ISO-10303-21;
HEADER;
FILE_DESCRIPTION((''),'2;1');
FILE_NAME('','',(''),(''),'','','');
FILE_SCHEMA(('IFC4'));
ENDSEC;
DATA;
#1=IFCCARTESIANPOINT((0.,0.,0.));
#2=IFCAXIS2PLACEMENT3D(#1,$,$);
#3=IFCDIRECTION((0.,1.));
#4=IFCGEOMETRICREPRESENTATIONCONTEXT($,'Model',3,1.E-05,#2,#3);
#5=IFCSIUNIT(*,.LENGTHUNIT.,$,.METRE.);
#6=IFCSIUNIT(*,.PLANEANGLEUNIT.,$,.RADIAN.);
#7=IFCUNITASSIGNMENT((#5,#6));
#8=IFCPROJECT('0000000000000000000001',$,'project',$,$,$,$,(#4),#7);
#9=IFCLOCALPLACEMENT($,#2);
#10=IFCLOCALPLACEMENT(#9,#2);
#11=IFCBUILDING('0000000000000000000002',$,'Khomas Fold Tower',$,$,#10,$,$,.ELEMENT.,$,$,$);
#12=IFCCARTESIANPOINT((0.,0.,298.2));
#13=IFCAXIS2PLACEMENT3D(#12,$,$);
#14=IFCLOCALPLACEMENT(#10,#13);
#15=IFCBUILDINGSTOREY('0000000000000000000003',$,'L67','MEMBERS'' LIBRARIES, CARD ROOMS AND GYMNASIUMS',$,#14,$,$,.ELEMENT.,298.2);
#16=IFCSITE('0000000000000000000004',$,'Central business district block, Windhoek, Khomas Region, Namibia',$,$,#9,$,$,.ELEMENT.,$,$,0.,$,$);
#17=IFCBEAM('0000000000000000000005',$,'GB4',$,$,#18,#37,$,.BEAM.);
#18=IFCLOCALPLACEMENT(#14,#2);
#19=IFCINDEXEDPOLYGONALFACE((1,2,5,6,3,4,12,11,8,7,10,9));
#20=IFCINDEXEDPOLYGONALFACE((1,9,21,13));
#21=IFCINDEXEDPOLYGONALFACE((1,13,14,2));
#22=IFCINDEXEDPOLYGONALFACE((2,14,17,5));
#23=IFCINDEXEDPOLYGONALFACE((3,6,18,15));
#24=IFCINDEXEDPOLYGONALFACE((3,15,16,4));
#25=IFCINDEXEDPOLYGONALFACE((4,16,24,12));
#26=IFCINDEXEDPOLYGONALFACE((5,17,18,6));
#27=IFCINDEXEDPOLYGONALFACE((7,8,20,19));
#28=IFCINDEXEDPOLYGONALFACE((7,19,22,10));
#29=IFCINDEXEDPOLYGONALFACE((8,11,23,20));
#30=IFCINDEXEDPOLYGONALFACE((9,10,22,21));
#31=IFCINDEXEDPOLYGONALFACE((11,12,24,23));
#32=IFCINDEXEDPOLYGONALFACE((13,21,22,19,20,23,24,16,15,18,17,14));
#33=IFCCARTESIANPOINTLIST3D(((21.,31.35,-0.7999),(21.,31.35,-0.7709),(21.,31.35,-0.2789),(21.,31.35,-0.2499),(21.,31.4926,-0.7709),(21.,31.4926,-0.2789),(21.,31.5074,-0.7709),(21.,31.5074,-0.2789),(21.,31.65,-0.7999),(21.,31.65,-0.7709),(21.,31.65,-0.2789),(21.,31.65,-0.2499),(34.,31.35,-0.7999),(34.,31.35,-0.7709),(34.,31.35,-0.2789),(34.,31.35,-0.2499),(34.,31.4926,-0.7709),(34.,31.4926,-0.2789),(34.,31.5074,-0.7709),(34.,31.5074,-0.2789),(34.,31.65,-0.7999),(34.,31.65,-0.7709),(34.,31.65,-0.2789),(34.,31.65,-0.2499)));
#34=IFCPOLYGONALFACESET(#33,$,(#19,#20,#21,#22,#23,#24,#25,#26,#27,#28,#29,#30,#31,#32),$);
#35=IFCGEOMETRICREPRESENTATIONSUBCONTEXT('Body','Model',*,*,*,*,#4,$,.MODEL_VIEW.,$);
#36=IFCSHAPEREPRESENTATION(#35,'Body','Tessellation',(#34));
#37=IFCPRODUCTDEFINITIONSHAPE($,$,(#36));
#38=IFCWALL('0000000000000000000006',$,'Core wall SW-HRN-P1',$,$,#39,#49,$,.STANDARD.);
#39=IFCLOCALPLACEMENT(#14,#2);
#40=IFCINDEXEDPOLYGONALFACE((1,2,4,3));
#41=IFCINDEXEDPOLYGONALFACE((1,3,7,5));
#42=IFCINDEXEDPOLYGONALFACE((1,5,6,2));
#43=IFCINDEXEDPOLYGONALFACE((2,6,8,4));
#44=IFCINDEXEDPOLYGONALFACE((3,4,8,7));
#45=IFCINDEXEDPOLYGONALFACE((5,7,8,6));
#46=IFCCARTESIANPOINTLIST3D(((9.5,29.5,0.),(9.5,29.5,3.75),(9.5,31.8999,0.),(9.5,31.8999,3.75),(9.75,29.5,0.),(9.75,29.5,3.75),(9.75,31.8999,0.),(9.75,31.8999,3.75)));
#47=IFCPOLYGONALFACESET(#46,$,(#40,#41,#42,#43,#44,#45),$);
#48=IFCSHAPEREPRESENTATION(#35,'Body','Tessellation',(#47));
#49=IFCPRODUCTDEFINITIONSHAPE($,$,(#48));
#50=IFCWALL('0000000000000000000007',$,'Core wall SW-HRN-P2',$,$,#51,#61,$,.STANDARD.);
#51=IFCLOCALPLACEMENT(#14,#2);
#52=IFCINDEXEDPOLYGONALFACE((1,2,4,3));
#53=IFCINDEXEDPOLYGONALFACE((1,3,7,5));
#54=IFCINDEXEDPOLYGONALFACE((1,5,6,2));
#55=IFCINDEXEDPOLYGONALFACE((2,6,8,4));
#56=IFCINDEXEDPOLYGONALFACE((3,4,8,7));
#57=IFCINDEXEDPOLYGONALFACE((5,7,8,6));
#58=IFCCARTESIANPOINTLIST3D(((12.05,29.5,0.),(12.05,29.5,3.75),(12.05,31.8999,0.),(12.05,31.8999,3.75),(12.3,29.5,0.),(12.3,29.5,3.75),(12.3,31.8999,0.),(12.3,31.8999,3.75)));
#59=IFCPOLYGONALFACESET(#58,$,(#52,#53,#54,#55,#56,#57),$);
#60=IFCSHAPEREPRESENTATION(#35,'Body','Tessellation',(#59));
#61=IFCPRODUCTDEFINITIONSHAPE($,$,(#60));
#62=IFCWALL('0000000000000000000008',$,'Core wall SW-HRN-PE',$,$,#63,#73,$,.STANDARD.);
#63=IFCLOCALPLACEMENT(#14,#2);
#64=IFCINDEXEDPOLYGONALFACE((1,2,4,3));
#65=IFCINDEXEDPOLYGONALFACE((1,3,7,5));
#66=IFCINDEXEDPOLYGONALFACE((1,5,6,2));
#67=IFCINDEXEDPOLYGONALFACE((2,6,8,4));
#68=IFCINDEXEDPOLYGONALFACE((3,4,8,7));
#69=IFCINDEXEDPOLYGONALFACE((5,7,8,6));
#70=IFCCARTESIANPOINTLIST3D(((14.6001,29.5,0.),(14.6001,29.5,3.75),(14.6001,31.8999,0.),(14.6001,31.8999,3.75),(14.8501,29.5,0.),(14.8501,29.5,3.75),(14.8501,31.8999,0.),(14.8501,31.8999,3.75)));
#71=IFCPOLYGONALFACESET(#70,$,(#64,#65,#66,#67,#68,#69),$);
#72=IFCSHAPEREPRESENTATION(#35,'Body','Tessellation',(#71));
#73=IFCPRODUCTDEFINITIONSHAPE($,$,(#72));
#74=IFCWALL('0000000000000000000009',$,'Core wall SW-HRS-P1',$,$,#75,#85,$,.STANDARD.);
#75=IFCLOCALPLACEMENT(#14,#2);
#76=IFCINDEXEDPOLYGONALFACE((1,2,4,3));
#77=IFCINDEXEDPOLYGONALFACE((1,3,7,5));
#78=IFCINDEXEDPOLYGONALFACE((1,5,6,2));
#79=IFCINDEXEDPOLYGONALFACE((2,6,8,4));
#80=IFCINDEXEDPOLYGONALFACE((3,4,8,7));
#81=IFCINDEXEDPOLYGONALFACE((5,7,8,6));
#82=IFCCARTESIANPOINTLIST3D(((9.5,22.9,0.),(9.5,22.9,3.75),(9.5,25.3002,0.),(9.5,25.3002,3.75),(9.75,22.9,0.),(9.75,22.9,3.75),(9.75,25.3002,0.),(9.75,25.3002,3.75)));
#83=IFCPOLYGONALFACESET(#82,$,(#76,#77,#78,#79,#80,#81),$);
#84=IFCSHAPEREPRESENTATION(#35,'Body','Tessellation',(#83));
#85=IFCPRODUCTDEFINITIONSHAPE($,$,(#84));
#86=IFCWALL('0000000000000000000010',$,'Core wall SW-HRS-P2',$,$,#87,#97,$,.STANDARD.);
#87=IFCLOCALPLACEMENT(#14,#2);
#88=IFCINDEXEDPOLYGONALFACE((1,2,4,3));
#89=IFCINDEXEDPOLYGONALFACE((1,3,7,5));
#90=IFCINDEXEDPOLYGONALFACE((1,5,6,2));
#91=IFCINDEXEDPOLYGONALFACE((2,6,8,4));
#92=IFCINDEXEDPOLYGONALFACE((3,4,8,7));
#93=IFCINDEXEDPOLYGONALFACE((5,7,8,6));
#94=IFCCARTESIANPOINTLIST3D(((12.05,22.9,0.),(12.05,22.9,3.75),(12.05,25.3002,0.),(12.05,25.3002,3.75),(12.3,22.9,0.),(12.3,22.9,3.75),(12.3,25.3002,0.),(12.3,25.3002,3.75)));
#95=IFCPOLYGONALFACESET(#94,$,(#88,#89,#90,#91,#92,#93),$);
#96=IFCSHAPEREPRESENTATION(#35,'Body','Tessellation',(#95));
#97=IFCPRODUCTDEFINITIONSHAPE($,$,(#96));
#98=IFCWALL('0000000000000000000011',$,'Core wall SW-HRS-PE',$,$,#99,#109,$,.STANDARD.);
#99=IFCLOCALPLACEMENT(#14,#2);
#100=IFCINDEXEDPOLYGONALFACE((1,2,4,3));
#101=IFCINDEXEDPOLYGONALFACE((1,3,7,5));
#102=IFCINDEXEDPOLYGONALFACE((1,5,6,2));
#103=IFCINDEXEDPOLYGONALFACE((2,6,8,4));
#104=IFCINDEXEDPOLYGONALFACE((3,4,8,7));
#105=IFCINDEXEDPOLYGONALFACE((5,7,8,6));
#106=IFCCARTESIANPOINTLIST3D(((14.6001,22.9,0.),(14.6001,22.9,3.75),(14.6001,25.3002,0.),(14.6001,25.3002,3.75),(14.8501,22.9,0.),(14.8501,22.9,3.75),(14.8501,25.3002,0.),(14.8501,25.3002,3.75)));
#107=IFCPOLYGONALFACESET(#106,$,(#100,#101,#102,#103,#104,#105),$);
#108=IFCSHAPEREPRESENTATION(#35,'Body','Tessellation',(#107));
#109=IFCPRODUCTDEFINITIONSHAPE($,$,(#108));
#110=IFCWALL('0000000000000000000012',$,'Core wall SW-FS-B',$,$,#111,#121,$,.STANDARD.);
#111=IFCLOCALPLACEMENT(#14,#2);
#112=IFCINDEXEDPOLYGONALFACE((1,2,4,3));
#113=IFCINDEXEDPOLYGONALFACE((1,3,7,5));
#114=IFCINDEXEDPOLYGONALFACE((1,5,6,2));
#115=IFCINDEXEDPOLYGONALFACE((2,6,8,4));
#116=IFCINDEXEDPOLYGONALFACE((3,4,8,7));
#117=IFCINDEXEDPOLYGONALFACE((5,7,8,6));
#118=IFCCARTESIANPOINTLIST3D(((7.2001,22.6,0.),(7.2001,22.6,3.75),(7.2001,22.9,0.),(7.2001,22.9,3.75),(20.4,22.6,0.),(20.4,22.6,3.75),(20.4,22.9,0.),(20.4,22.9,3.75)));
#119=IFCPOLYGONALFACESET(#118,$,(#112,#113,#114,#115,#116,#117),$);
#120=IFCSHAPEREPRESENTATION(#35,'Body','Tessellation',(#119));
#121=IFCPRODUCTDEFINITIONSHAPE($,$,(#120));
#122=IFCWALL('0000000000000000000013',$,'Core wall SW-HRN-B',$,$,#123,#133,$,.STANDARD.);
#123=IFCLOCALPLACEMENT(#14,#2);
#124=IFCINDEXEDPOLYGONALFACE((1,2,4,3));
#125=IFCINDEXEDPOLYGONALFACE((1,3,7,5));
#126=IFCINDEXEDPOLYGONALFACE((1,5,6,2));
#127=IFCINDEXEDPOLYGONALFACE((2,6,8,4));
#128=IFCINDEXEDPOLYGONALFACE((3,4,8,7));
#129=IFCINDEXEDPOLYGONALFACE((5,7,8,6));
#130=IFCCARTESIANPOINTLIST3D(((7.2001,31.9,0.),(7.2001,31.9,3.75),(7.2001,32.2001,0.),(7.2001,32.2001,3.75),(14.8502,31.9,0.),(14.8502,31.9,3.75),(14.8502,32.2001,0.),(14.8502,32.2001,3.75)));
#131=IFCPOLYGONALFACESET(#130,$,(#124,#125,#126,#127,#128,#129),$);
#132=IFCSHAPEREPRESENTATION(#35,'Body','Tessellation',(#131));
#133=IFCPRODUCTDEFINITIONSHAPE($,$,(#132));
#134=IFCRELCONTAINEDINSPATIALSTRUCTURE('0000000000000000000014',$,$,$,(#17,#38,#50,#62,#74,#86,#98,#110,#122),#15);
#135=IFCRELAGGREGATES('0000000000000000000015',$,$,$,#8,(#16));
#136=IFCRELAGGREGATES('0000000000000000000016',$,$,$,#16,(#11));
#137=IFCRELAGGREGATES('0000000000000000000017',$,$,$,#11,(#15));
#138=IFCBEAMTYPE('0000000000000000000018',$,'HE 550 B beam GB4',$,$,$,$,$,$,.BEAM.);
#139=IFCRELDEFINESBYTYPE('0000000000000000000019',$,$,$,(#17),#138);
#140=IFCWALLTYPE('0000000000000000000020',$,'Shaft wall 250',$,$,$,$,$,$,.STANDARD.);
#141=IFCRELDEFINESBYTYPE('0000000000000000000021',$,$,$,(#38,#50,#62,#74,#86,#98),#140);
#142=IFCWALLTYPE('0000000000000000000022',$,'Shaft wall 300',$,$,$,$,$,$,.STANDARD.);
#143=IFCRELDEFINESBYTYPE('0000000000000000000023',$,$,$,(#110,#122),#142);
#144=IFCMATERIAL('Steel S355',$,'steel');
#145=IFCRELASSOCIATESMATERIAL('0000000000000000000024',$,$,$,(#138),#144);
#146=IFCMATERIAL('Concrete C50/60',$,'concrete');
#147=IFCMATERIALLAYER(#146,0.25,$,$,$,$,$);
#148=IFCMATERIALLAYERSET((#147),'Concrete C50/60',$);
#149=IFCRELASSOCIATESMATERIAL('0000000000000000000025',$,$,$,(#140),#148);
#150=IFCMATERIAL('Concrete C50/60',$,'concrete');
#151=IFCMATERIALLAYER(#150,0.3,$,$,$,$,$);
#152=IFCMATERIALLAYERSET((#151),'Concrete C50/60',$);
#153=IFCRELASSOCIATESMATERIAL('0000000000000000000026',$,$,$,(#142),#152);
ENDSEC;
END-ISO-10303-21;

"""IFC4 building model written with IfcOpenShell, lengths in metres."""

from ifc_helpers import new_model, si_unit, direction, frame, frame_2d, origin, origin_2d, place, context, subcontext, project, spatial, rectangle, i_section, extrude, source, transform, mapped, material, layer, layer_set, material_profile, profile_set, type_object, element, save


model = new_model("IFC4")

# Units and contexts
model_context = context("Model", 3, precision=1e-05, world=origin(), true_north=direction((0.0, 1.0)))
body_context = subcontext(model_context, "Body", "Model", "MODEL_VIEW")
ifc_project = project(units=[si_unit("LENGTHUNIT", "METRE"), si_unit("PLANEANGLEUNIT", "RADIAN")], contexts=[model_context])

# Site, building, storey
site_placement = place(None, origin())
site = spatial("IfcSite", under=ifc_project, at=site_placement, Name="Central business district block, Windhoek, Khomas Region, Namibia", CompositionType="ELEMENT", RefElevation=0.0)
building_placement = place(site_placement, origin())
building = spatial("IfcBuilding", under=site, at=building_placement, Name="Khomas Fold Tower", CompositionType="ELEMENT")
storey_placement = place(building_placement, frame((0.0, 0.0, 298.2)))
storey = spatial("IfcBuildingStorey", under=building, at=storey_placement, Name="L67", Description="MEMBERS' LIBRARIES, CARD ROOMS AND GYMNASIUMS", CompositionType="ELEMENT", Elevation=298.2)

# Beam
ifc_material_1 = material(Name="Steel S355", Category="steel")
ifc_material_profile = material_profile(ifc_material_1, i_section(OverallWidth=0.3, OverallDepth=0.55, WebThickness=0.0149, FlangeThickness=0.0291, at=origin_2d()), Name="HE 550 B")
ifc_profile_set = profile_set([ifc_material_profile], Name="Steel S355")
beam_type = type_object("IfcBeamType", Name="HE 550 B beam GB4", PredefinedType="BEAM", material=ifc_profile_set)
shared_shape_1 = source(origin(), body_context, "Body", "SweptSolid", [
    extrude(i_section(OverallWidth=0.3, OverallDepth=0.55, WebThickness=0.0149, FlangeThickness=0.0291, at=origin_2d()), origin(), (0.0, 0.0, 1.0), 13.0),
])
beam_placement = place(storey_placement, frame((21.0, 31.5, -0.5249), z_axis=(1.0, 0.0, 0.0), x_axis=(0.0, 1.0, 0.0)))
element("IfcBeam", 1, at=beam_placement, inside=storey, type_object=beam_type, Name="GB4", PredefinedType="BEAM", context=body_context, shape_type="MappedRepresentation", body=[
    mapped(shared_shape_1, transform((0.0, 0.0, 0.0))),
])

# Walls
ifc_material_2 = material(Name="Concrete C50/60", Category="concrete")
ifc_layer_1 = layer(ifc_material_2, 0.25)
ifc_layer_set_1 = layer_set([ifc_layer_1], Name="Concrete C50/60")
wall_type_1 = type_object("IfcWallType", Name="Shaft wall 250", PredefinedType="STANDARD", material=ifc_layer_set_1)
shared_shape_2 = source(origin(), body_context, "Body", "SweptSolid", [
    extrude(rectangle(XDim=2.3999, YDim=0.25, at=frame_2d((1.2, 0.0))), origin(), (0.0, 0.0, 1.0), 3.75),
])
for number, where, z_axis, x_axis, name in (
    (2, (9.625, 29.5, 0.0), (0.0, 0.0, 1.0), (0.0, 1.0, 0.0), "Core wall SW-HRN-P1"),
    (3, (12.175, 29.5, 0.0), (0.0, 0.0, 1.0), (0.0, 1.0, 0.0), "Core wall SW-HRN-P2"),
    (4, (14.7251, 29.5, 0.0), (0.0, 0.0, 1.0), (0.0, 1.0, 0.0), "Core wall SW-HRN-PE"),
):
    element("IfcWall", number, at=place(storey_placement, frame(where, z_axis=z_axis, x_axis=x_axis)), inside=storey, type_object=wall_type_1, Name=name, PredefinedType="STANDARD", context=body_context, shape_type="MappedRepresentation", body=[
        mapped(shared_shape_2, transform((0.0, 0.0, 0.0))),
    ])
shared_shape_3 = source(origin(), body_context, "Body", "SweptSolid", [
    extrude(rectangle(XDim=2.4001, YDim=0.25, at=frame_2d((1.2002, 0.0))), origin(), (0.0, 0.0, 1.0), 3.75),
])
for number, where, z_axis, x_axis, name in (
    (5, (9.625, 22.8999, 0.0), (0.0, 0.0, 1.0), (0.0, 1.0, 0.0), "Core wall SW-HRS-P1"),
    (6, (12.175, 22.8999, 0.0), (0.0, 0.0, 1.0), (0.0, 1.0, 0.0), "Core wall SW-HRS-P2"),
    (7, (14.7251, 22.8999, 0.0), (0.0, 0.0, 1.0), (0.0, 1.0, 0.0), "Core wall SW-HRS-PE"),
):
    element("IfcWall", number, at=place(storey_placement, frame(where, z_axis=z_axis, x_axis=x_axis)), inside=storey, type_object=wall_type_1, Name=name, PredefinedType="STANDARD", context=body_context, shape_type="MappedRepresentation", body=[
        mapped(shared_shape_3, transform((0.0, 0.0, 0.0))),
    ])
ifc_material_3 = material(Name="Concrete C50/60", Category="concrete")
ifc_layer_2 = layer(ifc_material_3, 0.3)
ifc_layer_set_2 = layer_set([ifc_layer_2], Name="Concrete C50/60")
wall_type_2 = type_object("IfcWallType", Name="Shaft wall 300", PredefinedType="STANDARD", material=ifc_layer_set_2)
shared_shape_4 = source(origin(), body_context, "Body", "SweptSolid", [
    extrude(rectangle(XDim=13.2, YDim=0.3, at=frame_2d((6.6001, 0.0))), origin(), (0.0, 0.0, 1.0), 3.75),
])
wall_1_placement = place(storey_placement, frame((7.2, 22.75, 0.0), z_axis=(0.0, 0.0, 1.0), x_axis=(1.0, 0.0, 0.0)))
element("IfcWall", 8, at=wall_1_placement, inside=storey, type_object=wall_type_2, Name="Core wall SW-FS-B", PredefinedType="STANDARD", context=body_context, shape_type="MappedRepresentation", body=[
    mapped(shared_shape_4, transform((0.0, 0.0, 0.0))),
])
shared_shape_5 = source(origin(), body_context, "Body", "SweptSolid", [
    extrude(rectangle(XDim=7.6501, YDim=0.3, at=frame_2d((3.8252, 0.0))), origin(), (0.0, 0.0, 1.0), 3.75),
])
wall_2_placement = place(storey_placement, frame((7.2, 32.05, 0.0), z_axis=(0.0, 0.0, 1.0), x_axis=(1.0, 0.0, 0.0)))
element("IfcWall", 9, at=wall_2_placement, inside=storey, type_object=wall_type_2, Name="Core wall SW-HRN-B", PredefinedType="STANDARD", context=body_context, shape_type="MappedRepresentation", body=[
    mapped(shared_shape_5, transform((0.0, 0.0, 0.0))),
])

save(model, "model.ifc")
